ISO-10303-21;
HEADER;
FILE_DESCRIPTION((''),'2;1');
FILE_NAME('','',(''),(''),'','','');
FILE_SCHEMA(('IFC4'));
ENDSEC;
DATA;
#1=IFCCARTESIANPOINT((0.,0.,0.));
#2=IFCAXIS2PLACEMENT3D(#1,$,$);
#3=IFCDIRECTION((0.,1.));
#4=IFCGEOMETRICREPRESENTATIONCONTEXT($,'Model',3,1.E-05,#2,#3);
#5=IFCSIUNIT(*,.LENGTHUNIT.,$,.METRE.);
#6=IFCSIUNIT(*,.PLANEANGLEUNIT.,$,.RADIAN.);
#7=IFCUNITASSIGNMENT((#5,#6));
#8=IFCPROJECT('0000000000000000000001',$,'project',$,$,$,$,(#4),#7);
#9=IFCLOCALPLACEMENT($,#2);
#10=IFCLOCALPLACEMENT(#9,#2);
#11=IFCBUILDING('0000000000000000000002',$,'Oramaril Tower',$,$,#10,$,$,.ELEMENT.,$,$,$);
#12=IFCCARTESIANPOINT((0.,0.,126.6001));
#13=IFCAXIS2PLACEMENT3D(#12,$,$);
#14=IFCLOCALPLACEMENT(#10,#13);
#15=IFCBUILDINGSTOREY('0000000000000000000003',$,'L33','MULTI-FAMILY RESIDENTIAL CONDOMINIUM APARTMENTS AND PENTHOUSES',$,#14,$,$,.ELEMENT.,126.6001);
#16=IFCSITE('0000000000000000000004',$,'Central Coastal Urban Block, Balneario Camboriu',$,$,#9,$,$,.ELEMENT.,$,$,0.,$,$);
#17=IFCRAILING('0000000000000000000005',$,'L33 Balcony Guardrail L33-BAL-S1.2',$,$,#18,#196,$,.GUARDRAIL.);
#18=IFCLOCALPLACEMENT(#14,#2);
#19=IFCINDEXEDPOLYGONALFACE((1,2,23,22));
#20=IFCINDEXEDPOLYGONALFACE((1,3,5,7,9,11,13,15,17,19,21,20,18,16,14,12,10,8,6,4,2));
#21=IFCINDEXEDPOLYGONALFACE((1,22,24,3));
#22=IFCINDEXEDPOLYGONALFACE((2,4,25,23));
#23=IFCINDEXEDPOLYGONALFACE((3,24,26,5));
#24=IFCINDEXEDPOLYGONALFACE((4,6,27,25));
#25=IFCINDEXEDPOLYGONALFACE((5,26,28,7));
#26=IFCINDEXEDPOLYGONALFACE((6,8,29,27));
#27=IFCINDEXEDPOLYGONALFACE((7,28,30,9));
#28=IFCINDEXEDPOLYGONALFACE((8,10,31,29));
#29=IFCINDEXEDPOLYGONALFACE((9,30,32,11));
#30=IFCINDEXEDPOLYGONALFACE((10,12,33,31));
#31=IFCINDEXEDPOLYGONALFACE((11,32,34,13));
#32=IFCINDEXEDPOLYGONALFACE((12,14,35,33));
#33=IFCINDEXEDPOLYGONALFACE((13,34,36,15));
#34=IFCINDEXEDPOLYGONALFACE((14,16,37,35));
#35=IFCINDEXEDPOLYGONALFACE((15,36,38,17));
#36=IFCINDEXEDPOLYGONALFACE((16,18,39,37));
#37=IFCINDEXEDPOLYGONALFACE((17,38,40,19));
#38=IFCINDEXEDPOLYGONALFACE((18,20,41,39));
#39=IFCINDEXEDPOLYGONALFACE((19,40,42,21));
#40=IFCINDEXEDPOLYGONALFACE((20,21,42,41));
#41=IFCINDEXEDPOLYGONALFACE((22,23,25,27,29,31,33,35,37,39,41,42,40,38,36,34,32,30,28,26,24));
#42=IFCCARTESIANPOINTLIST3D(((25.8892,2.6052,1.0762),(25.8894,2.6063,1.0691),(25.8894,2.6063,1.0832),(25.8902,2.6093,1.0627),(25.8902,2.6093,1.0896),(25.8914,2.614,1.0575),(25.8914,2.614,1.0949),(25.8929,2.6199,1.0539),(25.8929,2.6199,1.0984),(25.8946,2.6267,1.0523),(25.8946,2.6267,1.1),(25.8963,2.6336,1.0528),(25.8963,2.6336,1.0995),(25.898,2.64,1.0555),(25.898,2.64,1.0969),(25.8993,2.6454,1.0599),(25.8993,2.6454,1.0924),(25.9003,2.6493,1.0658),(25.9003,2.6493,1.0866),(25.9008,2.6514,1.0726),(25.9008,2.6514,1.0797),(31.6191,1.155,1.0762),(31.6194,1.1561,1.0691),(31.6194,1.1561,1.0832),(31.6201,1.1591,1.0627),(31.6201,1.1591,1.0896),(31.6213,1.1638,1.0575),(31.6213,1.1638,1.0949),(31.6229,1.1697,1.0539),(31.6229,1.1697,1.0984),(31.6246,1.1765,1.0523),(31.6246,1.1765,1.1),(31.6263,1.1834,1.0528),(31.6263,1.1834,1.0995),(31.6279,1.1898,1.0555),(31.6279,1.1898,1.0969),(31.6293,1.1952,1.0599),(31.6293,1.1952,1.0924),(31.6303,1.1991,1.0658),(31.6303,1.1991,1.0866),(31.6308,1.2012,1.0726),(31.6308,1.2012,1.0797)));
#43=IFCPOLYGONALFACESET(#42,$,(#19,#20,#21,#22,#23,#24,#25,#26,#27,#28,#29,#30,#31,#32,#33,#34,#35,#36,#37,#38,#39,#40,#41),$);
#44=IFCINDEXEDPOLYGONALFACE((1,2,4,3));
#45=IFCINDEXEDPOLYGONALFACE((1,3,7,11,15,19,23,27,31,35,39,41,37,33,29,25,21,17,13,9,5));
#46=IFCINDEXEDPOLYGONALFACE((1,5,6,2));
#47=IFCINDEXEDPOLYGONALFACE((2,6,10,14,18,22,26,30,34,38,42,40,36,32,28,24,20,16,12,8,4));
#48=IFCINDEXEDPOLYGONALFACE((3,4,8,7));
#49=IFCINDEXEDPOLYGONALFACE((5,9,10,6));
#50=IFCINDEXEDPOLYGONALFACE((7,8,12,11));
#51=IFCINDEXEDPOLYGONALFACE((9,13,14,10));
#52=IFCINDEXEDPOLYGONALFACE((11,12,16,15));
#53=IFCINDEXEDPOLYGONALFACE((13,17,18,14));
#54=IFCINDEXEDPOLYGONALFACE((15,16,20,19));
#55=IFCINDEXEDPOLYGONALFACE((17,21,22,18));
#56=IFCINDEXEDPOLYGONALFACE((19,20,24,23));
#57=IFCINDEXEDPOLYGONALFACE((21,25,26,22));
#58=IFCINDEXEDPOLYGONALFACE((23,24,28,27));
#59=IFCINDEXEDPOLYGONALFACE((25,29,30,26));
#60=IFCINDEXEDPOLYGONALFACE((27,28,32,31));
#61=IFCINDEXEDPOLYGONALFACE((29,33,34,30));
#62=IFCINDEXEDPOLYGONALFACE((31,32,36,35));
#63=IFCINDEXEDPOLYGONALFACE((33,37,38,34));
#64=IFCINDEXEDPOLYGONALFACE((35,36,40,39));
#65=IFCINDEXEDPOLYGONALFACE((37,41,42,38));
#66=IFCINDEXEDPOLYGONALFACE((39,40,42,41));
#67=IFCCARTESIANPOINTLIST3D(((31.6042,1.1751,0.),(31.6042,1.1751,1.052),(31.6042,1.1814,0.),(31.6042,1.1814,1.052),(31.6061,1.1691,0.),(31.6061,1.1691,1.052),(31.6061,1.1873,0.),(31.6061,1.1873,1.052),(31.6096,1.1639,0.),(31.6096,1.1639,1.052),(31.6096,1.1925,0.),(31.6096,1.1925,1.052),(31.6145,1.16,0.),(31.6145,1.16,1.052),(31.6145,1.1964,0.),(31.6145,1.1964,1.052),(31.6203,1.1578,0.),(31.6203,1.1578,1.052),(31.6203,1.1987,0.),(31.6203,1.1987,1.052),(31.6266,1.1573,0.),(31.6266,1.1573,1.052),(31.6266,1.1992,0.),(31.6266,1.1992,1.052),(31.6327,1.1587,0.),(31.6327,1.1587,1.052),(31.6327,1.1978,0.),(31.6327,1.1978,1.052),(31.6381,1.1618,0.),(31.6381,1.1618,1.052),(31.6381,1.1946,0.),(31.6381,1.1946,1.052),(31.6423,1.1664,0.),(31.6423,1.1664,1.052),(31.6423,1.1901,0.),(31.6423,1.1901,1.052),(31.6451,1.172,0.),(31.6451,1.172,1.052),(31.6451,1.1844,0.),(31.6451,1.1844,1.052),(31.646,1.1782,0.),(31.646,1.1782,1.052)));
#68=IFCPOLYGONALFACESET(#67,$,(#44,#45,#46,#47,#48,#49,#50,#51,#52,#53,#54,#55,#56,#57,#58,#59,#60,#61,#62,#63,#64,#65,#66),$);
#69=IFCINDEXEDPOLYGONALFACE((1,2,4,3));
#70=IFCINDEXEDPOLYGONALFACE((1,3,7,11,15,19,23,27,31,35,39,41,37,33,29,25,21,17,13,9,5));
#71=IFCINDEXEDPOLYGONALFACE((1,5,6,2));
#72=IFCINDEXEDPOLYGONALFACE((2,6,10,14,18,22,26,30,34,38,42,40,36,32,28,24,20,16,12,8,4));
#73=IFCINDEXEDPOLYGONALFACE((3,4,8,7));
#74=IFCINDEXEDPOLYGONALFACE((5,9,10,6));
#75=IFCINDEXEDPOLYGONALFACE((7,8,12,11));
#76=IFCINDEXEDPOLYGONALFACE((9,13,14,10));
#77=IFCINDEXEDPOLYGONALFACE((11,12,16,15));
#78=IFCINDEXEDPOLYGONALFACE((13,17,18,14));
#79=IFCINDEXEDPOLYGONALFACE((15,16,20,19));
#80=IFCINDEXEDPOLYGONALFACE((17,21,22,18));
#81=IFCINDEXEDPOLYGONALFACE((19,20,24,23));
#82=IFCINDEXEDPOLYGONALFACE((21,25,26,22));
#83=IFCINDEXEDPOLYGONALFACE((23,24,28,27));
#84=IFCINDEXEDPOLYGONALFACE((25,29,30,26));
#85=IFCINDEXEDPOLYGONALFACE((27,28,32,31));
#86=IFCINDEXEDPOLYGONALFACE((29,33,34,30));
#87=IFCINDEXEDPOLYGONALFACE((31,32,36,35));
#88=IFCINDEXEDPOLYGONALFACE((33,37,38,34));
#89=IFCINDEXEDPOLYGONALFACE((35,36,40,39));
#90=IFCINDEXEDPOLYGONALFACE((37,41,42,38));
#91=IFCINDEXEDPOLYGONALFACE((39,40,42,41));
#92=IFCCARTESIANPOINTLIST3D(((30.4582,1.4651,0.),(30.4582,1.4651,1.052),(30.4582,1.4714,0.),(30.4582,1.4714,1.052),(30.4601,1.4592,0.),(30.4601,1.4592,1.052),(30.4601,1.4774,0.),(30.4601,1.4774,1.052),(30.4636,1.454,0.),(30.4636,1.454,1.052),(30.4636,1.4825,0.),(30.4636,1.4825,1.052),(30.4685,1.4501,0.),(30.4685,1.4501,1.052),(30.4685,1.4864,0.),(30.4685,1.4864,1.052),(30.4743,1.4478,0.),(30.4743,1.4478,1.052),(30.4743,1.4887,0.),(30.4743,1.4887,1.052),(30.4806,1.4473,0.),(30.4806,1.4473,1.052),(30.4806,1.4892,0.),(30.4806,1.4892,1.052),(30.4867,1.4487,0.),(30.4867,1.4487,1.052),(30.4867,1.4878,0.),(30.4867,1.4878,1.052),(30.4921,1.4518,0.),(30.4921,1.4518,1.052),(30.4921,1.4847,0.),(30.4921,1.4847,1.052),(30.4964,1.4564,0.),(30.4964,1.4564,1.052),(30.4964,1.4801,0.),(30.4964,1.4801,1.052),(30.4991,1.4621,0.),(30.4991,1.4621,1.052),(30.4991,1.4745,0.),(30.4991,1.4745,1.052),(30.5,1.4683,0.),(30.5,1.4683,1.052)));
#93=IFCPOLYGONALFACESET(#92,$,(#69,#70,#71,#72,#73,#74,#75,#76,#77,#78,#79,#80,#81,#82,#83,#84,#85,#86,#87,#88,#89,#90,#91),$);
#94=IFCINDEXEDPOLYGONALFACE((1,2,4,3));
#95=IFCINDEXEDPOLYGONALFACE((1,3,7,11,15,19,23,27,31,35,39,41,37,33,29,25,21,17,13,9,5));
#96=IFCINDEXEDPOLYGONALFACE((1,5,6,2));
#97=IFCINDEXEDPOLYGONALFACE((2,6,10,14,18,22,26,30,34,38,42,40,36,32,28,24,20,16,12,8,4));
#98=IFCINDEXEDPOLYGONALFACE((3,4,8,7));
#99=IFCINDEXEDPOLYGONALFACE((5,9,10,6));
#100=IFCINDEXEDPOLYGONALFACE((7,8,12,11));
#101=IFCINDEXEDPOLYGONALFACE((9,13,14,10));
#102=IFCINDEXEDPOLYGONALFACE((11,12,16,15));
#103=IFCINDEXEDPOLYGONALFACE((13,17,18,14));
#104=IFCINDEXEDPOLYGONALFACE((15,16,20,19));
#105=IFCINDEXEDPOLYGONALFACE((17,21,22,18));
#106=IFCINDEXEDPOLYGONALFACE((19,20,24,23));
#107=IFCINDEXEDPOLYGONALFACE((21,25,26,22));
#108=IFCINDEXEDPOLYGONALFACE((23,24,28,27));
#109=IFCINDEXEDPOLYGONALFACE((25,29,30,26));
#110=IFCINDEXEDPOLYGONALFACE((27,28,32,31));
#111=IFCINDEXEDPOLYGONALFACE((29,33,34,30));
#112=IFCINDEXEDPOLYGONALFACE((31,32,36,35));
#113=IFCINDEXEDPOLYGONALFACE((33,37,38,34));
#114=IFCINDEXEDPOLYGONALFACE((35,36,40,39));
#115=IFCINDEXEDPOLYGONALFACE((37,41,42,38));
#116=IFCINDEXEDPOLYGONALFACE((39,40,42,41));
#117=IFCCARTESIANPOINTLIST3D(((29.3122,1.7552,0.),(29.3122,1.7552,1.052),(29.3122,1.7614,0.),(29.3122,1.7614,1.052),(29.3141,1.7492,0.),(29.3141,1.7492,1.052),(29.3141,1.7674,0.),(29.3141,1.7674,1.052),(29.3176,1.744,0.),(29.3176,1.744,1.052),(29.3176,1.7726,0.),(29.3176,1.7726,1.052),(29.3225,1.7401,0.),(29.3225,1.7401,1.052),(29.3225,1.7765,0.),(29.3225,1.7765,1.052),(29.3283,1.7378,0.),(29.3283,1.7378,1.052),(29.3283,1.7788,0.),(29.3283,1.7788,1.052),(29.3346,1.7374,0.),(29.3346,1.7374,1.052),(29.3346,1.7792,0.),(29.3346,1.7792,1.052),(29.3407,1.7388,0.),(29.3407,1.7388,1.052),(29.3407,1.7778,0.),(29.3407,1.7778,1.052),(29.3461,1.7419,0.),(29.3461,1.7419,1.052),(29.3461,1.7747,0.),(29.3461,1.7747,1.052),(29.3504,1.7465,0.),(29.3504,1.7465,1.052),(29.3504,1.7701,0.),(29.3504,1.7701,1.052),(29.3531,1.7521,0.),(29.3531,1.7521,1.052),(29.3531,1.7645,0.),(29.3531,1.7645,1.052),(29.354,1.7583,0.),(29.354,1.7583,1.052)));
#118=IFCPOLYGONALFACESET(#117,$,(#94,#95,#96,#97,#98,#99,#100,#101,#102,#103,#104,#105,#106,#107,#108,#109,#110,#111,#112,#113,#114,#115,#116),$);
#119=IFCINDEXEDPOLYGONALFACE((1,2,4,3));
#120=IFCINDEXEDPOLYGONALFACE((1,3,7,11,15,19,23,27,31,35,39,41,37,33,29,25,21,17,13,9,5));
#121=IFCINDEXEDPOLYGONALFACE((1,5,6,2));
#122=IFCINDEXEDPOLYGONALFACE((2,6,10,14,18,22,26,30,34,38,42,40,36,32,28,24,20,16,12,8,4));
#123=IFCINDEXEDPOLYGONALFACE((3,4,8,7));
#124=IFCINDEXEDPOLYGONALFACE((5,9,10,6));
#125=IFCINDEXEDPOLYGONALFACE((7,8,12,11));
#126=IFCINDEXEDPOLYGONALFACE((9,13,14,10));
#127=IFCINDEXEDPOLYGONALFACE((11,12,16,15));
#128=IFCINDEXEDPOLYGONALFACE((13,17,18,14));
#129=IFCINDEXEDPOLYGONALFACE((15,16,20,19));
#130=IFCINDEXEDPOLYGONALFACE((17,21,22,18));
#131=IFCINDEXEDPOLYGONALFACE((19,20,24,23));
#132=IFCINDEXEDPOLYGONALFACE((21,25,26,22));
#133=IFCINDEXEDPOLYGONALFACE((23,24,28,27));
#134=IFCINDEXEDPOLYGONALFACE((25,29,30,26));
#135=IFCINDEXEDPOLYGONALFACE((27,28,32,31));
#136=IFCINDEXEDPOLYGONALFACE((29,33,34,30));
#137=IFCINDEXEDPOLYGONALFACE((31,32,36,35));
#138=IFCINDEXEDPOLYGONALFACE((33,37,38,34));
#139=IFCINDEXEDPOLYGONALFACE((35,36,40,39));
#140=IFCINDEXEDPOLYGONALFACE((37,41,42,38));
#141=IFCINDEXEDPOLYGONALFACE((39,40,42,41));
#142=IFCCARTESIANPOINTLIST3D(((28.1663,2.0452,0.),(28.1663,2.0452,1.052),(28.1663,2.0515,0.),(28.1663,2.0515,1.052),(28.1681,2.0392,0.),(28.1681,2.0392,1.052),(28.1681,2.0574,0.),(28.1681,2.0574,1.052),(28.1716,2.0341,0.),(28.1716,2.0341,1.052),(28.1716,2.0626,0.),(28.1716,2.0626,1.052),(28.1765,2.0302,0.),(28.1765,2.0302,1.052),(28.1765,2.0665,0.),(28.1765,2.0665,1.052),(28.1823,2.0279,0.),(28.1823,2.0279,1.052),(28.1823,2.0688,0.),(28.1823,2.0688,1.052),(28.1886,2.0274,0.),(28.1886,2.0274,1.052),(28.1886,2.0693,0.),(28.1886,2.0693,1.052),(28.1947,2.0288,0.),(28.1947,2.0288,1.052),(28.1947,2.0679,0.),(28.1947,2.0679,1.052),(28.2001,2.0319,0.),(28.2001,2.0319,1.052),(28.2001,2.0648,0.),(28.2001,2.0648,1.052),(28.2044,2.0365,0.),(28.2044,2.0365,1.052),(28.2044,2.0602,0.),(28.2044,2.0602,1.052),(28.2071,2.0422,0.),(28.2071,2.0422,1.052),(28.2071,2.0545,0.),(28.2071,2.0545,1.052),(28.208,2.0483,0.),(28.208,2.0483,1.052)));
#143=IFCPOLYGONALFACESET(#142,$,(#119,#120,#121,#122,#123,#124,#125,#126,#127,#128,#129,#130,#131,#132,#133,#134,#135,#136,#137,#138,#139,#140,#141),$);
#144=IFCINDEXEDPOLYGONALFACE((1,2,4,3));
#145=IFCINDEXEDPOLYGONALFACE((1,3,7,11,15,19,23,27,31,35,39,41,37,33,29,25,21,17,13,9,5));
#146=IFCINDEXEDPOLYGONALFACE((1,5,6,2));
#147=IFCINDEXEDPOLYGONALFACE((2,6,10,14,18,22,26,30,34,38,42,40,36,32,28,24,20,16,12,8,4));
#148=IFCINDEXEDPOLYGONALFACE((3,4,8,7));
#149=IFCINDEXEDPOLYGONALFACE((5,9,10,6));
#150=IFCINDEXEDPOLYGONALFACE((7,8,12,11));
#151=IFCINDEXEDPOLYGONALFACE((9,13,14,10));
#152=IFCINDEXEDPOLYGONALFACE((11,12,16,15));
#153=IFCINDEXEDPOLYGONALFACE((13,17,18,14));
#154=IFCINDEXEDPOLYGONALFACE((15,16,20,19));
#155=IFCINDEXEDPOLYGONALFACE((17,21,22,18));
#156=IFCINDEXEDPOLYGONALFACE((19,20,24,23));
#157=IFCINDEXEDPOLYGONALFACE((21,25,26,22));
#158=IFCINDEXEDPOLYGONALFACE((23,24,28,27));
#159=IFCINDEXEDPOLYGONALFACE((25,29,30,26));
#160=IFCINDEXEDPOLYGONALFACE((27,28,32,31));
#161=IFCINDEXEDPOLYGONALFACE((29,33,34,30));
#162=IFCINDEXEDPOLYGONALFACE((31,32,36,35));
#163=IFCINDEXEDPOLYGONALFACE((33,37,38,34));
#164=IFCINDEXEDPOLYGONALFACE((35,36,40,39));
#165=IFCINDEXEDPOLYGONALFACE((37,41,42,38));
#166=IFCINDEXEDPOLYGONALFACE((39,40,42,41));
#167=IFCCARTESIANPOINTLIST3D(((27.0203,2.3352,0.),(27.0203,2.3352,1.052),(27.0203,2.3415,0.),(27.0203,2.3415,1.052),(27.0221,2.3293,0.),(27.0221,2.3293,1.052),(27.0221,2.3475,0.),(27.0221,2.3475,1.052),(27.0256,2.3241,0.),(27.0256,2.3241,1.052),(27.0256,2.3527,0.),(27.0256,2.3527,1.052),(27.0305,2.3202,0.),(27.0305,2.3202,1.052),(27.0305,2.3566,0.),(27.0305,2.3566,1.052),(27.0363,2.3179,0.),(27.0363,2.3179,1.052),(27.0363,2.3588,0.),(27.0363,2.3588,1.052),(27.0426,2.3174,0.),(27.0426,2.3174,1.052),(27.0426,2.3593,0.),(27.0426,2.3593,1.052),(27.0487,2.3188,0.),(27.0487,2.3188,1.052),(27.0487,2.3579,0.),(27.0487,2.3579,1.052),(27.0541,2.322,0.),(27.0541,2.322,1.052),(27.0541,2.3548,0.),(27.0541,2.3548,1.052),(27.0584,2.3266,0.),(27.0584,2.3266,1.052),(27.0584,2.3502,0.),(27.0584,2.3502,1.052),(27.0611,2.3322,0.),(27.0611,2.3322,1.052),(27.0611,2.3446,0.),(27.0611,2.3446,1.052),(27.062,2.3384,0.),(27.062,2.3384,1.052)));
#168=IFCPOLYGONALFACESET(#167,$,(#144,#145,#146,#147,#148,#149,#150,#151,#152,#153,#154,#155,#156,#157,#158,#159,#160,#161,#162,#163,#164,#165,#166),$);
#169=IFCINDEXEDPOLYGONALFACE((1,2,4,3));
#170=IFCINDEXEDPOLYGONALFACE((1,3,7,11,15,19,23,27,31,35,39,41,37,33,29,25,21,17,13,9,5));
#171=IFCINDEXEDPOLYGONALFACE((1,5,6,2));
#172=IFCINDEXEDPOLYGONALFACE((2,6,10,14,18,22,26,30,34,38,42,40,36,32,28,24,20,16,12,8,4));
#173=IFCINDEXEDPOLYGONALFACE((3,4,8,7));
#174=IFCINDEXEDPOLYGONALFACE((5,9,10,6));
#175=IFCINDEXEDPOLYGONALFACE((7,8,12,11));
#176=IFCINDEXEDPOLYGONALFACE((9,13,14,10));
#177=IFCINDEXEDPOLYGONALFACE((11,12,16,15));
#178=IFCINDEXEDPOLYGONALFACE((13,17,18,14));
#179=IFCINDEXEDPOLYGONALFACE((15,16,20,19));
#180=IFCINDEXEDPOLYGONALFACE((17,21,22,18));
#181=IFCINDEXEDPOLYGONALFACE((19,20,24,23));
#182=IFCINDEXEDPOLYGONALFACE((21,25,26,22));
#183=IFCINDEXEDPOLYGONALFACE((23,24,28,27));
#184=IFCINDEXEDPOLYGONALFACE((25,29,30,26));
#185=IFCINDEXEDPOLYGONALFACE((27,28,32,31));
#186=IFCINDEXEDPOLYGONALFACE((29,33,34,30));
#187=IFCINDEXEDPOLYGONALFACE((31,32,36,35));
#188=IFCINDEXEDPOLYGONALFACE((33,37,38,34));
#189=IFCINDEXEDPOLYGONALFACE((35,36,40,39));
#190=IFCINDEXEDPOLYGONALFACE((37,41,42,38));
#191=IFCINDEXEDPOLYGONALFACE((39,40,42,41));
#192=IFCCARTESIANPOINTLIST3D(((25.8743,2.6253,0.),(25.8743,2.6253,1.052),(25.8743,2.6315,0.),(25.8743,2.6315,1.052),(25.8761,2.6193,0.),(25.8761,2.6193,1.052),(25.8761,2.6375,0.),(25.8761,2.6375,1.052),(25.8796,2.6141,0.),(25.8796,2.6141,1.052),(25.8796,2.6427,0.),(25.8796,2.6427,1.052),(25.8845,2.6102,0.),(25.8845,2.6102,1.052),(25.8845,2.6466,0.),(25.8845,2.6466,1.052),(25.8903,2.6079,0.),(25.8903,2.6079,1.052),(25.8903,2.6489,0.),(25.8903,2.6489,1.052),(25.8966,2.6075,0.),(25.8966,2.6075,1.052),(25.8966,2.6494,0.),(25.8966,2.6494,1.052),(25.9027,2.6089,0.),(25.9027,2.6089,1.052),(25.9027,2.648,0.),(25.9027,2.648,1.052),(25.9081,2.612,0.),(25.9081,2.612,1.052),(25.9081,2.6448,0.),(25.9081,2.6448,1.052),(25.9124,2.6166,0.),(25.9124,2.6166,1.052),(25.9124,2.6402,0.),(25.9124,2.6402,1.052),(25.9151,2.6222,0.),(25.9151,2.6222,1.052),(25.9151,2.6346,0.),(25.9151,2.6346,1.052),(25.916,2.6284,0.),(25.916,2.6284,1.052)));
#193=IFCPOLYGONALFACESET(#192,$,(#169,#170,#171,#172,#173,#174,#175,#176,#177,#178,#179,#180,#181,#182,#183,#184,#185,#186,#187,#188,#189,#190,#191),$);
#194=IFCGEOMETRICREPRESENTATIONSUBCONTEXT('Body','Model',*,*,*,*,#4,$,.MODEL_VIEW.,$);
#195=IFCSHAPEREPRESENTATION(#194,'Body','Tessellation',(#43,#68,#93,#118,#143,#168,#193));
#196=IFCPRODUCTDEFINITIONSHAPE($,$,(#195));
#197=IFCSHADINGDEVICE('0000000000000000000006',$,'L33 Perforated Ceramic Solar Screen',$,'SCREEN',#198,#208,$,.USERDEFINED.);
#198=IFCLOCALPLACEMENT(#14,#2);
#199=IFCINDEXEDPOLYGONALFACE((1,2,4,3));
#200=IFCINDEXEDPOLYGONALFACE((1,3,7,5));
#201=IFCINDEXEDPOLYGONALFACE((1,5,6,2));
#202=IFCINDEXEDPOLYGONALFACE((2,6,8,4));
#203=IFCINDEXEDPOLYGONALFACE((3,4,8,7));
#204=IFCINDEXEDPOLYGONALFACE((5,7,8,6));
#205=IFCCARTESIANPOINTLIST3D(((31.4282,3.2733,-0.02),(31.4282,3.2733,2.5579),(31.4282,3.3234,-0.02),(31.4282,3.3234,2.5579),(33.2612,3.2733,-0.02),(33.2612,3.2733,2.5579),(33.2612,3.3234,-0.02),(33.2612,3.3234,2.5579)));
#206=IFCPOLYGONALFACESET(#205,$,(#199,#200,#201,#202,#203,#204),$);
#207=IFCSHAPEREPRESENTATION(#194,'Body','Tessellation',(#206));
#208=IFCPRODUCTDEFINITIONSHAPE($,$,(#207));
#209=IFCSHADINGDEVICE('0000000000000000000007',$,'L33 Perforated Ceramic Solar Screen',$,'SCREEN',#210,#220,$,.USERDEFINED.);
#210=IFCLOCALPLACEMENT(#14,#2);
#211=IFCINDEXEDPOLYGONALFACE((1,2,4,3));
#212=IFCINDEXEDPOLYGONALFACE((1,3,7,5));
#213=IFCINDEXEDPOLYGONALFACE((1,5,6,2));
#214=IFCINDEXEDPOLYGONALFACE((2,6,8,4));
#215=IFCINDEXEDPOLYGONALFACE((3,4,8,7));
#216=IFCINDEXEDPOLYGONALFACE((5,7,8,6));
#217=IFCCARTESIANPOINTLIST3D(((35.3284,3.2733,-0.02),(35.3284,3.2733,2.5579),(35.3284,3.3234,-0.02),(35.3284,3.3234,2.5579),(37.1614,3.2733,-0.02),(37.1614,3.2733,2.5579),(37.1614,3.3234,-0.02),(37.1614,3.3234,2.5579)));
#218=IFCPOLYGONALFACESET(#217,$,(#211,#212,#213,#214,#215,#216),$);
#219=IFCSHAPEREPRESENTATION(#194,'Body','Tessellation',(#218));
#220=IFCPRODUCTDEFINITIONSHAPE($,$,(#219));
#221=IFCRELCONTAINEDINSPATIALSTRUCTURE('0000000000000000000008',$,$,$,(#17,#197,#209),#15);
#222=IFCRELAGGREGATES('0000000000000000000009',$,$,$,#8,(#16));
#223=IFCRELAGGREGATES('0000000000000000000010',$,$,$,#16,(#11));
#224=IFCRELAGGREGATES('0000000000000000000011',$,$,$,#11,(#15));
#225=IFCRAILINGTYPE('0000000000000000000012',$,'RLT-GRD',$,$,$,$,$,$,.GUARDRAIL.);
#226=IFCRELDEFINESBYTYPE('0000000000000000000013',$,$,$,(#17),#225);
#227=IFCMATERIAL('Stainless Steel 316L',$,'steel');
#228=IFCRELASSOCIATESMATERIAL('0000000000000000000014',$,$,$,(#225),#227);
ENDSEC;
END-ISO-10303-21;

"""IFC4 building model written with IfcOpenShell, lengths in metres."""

from ifc_helpers import new_model, si_unit, direction, frame, origin, origin_2d, place, context, subcontext, project, spatial, rectangle, circle, extrude, material, type_object, element, save


model = new_model("IFC4")

# Units and contexts
model_context = context("Model", 3, precision=1e-05, world=origin(), true_north=direction((0.0, 1.0)))
body_context = subcontext(model_context, "Body", "Model", "MODEL_VIEW")
ifc_project = project(units=[si_unit("LENGTHUNIT", "METRE"), si_unit("PLANEANGLEUNIT", "RADIAN")], contexts=[model_context])

# Site, building, storey
site_placement = place(None, origin())
site = spatial("IfcSite", under=ifc_project, at=site_placement, Name="Central Coastal Urban Block, Balneario Camboriu", CompositionType="ELEMENT", RefElevation=0.0)
building_placement = place(site_placement, origin())
building = spatial("IfcBuilding", under=site, at=building_placement, Name="Oramaril Tower", CompositionType="ELEMENT")
storey_placement = place(building_placement, frame((0.0, 0.0, 126.6001)))
storey = spatial("IfcBuildingStorey", under=building, at=storey_placement, Name="L33", Description="MULTI-FAMILY RESIDENTIAL CONDOMINIUM APARTMENTS AND PENTHOUSES", CompositionType="ELEMENT", Elevation=126.6001)

# Railing
ifc_material_1 = material(Name="Stainless Steel 316L", Category="steel")
railing_type = type_object("IfcRailingType", Name="RLT-GRD", PredefinedType="GUARDRAIL", material=ifc_material_1)
railing_1_placement = place(storey_placement, frame((31.625, 1.1782, 0.0)))
element("IfcRailing", 1, at=railing_1_placement, inside=storey, type_object=railing_type, Name="L33 Balcony Guardrail L33-BAL-S1.2", PredefinedType="GUARDRAIL", context=body_context, shape_type="SweptSolid", body=[
    extrude(circle(Radius=0.0239, at=origin_2d()), frame((0.0, 0.0, 1.0762), z_axis=(-0.969434, 0.245353, 0.0), x_axis=(-0.245353, -0.969434, 0.0)), (0.0, 0.0, 1.0), 5.9106),
    extrude(circle(Radius=0.021, at=origin_2d()), origin(), (0.0, 0.0, 1.0), 1.052),
    extrude(circle(Radius=0.021, at=origin_2d()), frame((-1.146, 0.29, 0.0)), (0.0, 0.0, 1.0), 1.052),
    extrude(circle(Radius=0.021, at=origin_2d()), frame((-2.292, 0.5801, 0.0)), (0.0, 0.0, 1.0), 1.052),
    extrude(circle(Radius=0.021, at=origin_2d()), frame((-3.438, 0.8701, 0.0)), (0.0, 0.0, 1.0), 1.052),
    extrude(circle(Radius=0.021, at=origin_2d()), frame((-4.584, 1.1602, 0.0)), (0.0, 0.0, 1.0), 1.052),
    extrude(circle(Radius=0.021, at=origin_2d()), frame((-5.73, 1.4502, 0.0)), (0.0, 0.0, 1.0), 1.052),
])

# Shading devices
for number, where, z_axis, x_axis, name in (
    (2, (32.3447, 3.2983, -0.02), (0.0, 0.0, 1.0), (1.0, 0.0, 0.0), "L33 Perforated Ceramic Solar Screen"),
    (3, (36.2449, 3.2983, -0.02), (0.0, 0.0, 1.0), (1.0, 0.0, 0.0), "L33 Perforated Ceramic Solar Screen"),
):
    element("IfcShadingDevice", number, at=place(storey_placement, frame(where, z_axis=z_axis, x_axis=x_axis)), inside=storey, Name=name, ObjectType="SCREEN", PredefinedType="USERDEFINED", context=body_context, shape_type="SweptSolid", body=[
        extrude(rectangle(XDim=1.833, YDim=0.05, at=origin_2d()), origin(), (0.0, 0.0, 1.0), 2.5779),
    ])

save(model, "model.ifc")
